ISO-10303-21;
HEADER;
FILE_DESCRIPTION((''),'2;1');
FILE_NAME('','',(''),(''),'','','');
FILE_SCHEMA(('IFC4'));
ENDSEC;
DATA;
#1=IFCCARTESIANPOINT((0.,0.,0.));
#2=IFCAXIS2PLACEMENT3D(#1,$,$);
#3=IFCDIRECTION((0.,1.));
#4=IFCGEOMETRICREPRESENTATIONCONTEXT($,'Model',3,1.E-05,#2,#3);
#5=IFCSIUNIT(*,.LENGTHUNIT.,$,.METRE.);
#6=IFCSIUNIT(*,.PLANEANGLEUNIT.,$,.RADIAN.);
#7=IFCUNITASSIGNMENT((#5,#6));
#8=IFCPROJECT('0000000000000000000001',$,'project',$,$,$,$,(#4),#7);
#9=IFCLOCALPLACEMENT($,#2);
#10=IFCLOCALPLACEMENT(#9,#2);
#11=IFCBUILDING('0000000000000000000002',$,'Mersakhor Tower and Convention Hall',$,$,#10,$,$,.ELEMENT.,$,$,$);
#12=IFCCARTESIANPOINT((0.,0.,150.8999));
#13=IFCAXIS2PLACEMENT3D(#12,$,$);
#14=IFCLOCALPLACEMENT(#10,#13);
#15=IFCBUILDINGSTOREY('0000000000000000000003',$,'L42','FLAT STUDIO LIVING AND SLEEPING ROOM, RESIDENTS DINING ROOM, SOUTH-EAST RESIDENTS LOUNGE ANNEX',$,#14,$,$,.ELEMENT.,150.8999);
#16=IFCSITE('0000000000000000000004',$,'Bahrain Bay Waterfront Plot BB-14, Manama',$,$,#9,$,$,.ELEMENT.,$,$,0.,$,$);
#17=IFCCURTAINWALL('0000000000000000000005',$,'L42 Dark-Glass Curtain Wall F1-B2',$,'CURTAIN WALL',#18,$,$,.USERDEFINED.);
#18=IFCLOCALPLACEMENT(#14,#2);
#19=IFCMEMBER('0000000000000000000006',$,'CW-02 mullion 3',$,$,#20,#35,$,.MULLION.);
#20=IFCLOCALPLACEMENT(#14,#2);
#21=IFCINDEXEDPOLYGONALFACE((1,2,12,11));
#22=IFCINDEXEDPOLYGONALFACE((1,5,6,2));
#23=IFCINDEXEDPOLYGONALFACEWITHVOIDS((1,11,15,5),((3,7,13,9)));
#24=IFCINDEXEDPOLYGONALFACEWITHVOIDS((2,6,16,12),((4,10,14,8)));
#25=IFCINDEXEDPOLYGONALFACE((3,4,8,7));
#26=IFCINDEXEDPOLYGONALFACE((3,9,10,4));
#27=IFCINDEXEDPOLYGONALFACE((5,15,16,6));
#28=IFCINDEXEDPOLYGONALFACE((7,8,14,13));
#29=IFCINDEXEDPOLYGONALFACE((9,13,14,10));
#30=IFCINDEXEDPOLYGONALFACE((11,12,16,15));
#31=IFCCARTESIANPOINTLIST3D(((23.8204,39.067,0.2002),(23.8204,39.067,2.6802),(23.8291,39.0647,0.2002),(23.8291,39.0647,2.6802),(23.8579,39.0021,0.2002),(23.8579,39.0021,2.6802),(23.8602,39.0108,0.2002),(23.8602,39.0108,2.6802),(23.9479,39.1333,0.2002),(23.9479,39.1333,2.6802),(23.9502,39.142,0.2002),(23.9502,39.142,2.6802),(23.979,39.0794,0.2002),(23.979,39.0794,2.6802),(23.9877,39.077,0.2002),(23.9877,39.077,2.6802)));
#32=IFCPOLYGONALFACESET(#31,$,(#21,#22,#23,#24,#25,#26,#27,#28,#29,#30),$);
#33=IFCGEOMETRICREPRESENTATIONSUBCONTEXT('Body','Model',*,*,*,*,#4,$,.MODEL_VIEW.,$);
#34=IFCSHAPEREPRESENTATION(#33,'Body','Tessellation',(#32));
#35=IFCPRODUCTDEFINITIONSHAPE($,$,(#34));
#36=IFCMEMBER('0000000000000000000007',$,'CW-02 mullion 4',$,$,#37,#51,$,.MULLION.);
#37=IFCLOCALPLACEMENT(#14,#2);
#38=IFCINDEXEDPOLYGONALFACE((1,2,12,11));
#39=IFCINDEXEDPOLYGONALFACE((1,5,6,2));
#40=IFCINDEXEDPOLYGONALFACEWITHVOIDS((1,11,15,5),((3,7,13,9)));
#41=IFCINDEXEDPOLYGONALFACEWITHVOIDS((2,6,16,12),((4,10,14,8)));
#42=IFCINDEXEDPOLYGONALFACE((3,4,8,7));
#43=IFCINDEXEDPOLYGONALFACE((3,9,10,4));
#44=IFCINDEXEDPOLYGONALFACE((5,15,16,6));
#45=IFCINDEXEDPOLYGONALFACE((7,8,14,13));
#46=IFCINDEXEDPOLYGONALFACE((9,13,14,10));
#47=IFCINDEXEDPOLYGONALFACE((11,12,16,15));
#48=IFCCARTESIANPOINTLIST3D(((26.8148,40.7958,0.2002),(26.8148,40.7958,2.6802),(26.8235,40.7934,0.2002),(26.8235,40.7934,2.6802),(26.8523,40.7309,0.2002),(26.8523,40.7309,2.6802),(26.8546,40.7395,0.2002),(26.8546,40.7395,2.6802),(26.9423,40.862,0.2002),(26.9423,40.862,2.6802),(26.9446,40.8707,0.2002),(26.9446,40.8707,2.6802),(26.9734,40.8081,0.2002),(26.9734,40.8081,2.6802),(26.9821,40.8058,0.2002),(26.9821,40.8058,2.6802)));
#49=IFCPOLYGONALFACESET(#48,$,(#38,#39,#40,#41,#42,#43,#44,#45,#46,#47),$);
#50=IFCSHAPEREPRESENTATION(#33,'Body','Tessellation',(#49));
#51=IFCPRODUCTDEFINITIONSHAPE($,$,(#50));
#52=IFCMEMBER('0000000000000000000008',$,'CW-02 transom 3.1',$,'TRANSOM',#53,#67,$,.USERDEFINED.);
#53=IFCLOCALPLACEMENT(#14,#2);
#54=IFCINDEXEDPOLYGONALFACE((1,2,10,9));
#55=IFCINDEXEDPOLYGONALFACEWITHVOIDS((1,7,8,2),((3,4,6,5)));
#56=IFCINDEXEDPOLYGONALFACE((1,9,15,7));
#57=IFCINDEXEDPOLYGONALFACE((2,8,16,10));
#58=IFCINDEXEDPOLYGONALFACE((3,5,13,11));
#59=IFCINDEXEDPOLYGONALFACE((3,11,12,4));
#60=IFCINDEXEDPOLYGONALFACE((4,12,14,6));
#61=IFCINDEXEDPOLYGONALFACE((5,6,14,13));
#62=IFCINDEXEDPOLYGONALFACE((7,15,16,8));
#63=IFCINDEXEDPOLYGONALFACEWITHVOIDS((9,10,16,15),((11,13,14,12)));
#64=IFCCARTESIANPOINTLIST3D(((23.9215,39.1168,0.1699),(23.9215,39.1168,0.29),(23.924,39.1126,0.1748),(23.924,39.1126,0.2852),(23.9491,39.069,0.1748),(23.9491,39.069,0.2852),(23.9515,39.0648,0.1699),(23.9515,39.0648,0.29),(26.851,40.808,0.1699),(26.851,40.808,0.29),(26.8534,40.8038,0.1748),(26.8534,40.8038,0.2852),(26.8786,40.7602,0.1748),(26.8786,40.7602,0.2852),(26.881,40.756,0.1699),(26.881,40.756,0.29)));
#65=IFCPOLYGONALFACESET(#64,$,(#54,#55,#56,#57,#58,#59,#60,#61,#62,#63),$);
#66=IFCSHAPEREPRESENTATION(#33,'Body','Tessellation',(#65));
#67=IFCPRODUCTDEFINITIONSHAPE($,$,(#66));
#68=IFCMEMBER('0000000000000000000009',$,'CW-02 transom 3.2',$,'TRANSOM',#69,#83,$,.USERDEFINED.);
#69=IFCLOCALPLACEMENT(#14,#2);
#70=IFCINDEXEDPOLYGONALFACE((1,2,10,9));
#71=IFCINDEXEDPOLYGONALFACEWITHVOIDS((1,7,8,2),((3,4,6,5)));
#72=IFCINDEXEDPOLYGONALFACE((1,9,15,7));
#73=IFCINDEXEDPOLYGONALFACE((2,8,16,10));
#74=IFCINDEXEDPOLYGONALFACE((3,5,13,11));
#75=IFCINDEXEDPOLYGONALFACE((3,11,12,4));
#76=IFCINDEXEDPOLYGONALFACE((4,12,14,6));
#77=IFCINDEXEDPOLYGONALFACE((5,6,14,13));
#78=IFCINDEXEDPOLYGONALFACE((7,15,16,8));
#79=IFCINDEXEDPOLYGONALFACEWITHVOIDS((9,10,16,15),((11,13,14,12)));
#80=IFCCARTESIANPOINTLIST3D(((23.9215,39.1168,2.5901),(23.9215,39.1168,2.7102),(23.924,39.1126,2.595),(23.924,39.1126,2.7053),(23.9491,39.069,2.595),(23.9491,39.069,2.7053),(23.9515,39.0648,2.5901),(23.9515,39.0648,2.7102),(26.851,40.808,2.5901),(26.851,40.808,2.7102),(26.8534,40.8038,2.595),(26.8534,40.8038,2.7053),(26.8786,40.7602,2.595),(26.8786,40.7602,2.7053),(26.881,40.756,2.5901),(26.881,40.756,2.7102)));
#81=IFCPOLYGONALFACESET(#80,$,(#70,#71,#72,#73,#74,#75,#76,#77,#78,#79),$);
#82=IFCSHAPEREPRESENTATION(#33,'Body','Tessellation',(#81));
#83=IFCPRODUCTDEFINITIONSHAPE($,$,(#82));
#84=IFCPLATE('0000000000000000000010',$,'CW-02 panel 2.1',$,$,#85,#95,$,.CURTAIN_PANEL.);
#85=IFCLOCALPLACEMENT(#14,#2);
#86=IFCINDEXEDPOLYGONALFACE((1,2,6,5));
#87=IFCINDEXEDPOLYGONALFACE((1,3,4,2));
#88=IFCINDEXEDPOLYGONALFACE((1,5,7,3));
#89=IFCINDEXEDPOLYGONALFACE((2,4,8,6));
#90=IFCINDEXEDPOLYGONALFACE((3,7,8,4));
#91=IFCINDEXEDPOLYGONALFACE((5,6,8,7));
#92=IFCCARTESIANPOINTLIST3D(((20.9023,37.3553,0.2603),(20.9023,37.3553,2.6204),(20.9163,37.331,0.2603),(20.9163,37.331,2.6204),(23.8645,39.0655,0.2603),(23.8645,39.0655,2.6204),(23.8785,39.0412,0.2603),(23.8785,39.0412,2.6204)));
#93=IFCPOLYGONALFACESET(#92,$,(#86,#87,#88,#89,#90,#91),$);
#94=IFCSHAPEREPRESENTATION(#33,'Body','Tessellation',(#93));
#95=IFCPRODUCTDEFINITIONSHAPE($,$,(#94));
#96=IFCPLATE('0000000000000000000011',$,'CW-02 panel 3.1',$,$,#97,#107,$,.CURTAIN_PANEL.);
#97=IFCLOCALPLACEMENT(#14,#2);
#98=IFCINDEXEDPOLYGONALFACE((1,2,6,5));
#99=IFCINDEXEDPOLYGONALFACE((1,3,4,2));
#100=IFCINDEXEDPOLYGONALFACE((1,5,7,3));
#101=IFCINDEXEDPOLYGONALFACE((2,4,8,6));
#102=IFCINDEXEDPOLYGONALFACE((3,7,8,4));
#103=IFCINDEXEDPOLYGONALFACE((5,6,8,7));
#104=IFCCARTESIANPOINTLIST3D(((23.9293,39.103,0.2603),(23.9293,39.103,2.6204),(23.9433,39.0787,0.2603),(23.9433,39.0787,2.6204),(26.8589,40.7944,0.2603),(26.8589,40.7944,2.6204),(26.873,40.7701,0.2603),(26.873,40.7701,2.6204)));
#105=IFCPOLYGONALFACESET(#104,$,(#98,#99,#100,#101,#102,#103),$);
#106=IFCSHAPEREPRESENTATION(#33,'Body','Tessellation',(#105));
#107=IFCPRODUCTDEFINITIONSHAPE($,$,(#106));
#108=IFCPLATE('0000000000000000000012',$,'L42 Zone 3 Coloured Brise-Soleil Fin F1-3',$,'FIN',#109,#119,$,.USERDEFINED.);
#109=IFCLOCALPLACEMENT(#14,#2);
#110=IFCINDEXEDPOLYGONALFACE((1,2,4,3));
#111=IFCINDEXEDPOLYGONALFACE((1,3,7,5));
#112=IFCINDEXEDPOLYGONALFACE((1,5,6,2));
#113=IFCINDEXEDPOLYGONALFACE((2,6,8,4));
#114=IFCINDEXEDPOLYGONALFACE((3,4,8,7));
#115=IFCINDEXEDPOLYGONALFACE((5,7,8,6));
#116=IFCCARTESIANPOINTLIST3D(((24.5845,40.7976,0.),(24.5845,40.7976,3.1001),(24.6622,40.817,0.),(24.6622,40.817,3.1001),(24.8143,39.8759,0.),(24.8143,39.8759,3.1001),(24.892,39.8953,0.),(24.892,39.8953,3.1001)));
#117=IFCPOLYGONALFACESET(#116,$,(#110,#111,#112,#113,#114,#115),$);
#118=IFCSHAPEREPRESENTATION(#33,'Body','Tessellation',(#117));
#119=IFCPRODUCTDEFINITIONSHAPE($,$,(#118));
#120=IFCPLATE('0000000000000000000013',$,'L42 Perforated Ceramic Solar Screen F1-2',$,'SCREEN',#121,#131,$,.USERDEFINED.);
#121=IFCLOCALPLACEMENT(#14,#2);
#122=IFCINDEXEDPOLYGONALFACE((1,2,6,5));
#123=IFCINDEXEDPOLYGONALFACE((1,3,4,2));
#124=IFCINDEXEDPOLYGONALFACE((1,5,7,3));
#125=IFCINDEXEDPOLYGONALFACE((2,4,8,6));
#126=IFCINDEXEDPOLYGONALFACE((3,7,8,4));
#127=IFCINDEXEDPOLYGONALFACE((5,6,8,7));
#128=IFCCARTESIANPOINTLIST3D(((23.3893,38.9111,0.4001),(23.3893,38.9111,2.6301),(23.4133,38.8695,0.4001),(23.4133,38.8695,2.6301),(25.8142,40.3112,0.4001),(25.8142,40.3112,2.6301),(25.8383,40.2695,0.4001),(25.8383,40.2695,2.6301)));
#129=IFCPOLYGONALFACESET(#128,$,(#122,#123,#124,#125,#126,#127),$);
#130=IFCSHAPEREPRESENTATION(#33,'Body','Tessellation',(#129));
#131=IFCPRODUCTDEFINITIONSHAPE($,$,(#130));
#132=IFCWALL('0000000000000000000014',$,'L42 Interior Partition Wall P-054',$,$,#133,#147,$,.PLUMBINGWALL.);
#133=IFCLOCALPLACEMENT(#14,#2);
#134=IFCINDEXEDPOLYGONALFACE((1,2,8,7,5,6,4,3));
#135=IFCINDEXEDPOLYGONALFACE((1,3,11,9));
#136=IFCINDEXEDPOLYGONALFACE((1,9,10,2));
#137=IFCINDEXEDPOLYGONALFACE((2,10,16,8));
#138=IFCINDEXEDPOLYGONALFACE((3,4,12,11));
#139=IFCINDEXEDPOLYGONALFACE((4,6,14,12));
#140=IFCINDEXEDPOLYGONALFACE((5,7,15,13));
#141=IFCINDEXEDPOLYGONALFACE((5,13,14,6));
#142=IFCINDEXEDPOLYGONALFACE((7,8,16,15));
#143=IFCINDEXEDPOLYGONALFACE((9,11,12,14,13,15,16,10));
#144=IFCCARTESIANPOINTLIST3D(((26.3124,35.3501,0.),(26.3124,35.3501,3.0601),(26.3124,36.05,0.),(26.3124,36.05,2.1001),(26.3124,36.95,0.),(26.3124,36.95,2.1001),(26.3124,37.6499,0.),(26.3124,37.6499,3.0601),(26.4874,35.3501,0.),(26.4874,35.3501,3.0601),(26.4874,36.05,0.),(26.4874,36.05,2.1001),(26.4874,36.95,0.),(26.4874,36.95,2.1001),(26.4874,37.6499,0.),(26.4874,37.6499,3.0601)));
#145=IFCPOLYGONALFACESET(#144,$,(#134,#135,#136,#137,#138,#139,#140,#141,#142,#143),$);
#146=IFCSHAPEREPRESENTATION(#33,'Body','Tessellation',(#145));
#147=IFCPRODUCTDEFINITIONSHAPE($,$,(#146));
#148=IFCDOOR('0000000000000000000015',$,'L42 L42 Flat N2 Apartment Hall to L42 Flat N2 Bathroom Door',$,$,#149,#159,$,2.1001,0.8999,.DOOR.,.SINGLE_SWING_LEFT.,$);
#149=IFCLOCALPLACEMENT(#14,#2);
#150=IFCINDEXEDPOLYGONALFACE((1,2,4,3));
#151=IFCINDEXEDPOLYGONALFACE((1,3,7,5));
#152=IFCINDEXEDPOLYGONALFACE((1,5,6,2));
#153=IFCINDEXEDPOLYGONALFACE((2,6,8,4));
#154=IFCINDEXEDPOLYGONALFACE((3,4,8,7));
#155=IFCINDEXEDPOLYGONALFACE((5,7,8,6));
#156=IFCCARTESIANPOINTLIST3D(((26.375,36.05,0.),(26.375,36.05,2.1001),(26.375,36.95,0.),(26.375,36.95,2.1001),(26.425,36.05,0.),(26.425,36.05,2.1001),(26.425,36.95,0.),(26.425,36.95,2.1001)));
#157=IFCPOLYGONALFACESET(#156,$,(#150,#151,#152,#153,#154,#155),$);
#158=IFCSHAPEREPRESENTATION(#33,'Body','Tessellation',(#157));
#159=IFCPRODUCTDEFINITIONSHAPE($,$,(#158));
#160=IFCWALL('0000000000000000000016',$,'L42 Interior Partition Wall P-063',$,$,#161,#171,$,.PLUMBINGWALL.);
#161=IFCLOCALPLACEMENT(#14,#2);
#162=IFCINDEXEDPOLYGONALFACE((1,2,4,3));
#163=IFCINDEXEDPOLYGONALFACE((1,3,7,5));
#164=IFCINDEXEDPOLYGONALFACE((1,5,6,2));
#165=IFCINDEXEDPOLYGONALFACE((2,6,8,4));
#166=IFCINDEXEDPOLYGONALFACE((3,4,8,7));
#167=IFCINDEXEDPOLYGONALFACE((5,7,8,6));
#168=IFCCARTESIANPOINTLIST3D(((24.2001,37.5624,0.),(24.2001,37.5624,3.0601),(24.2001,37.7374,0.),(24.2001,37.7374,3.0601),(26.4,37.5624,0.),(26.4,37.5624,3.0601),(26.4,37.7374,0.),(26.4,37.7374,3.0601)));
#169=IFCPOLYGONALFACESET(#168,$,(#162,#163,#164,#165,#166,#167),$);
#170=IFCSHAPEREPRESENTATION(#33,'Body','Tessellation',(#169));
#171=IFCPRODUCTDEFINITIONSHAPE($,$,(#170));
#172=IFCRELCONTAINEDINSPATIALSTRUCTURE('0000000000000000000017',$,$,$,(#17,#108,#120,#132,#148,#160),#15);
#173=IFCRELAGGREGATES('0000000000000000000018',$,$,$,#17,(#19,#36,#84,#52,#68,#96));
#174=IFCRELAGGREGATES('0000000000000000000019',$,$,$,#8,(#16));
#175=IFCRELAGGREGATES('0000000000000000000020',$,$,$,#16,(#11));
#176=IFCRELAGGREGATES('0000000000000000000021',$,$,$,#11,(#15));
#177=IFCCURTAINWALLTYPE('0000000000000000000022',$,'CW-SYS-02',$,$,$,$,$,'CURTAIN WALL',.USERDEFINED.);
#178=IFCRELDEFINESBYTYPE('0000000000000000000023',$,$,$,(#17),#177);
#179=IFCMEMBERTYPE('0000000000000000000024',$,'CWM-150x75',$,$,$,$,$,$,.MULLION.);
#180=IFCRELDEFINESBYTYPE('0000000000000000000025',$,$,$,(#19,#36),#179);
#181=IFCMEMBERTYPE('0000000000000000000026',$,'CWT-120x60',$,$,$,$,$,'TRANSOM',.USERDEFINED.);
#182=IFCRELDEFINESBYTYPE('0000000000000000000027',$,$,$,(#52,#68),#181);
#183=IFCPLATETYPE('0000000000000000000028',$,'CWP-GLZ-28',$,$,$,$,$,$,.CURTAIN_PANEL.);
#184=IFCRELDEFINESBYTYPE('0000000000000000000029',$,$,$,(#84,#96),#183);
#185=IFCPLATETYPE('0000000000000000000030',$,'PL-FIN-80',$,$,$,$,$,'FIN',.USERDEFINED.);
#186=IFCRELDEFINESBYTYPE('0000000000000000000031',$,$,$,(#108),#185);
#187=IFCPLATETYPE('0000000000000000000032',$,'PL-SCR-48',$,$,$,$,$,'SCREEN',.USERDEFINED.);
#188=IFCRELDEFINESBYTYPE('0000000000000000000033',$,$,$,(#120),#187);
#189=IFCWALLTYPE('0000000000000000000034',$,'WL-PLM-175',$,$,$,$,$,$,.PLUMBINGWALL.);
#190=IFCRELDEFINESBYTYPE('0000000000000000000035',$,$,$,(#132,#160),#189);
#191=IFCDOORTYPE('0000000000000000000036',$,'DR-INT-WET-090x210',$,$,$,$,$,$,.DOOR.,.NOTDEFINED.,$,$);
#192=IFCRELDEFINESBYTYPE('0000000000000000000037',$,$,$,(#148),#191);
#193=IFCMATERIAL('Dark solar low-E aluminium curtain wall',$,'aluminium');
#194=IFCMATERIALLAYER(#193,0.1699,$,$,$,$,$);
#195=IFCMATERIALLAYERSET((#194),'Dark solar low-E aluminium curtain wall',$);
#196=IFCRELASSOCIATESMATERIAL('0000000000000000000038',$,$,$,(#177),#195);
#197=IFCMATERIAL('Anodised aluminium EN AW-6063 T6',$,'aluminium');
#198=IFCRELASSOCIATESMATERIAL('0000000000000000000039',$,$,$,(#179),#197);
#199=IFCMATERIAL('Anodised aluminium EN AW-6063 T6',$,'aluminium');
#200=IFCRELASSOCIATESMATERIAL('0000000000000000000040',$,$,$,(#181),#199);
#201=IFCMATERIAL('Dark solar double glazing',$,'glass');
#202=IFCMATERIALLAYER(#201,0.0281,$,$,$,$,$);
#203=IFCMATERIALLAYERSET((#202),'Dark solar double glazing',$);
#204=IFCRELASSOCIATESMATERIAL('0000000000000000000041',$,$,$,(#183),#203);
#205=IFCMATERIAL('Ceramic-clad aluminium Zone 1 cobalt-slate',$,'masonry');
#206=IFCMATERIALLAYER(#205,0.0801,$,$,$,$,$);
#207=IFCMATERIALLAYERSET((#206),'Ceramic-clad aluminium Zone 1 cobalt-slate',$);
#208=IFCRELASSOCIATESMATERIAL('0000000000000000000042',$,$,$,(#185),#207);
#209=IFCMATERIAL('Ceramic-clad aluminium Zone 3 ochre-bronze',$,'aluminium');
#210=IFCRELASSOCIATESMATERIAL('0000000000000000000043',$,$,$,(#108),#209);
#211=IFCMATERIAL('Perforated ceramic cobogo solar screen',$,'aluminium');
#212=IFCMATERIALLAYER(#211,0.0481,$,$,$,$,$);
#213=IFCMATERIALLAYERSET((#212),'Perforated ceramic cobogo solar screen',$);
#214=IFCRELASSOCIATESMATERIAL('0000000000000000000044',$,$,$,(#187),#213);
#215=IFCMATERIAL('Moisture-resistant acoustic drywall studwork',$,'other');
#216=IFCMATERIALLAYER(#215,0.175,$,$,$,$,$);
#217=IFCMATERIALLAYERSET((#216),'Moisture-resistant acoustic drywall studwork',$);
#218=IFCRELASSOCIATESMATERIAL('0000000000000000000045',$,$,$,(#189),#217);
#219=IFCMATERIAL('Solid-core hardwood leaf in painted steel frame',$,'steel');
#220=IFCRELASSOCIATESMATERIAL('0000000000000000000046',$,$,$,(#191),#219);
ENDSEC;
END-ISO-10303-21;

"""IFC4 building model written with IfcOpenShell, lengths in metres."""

from ifc_helpers import new_model, si_unit, direction, frame, frame_2d, origin, origin_2d, place, context, subcontext, project, spatial, rectangle, hollow_rectangle, extrude, material, layer, layer_set, material_profile, profile_set, type_object, element, fill, aggregate, save


model = new_model("IFC4")

# Units and contexts
model_context = context("Model", 3, precision=1e-05, world=origin(), true_north=direction((0.0, 1.0)))
body_context = subcontext(model_context, "Body", "Model", "MODEL_VIEW")
ifc_project = project(units=[si_unit("LENGTHUNIT", "METRE"), si_unit("PLANEANGLEUNIT", "RADIAN")], contexts=[model_context])

# Site, building, storey
site_placement = place(None, origin())
site = spatial("IfcSite", under=ifc_project, at=site_placement, Name="Bahrain Bay Waterfront Plot BB-14, Manama", CompositionType="ELEMENT", RefElevation=0.0)
building_placement = place(site_placement, origin())
building = spatial("IfcBuilding", under=site, at=building_placement, Name="Mersakhor Tower and Convention Hall", CompositionType="ELEMENT")
storey_placement = place(building_placement, frame((0.0, 0.0, 150.8999)))
storey = spatial("IfcBuildingStorey", under=building, at=storey_placement, Name="L42", Description="FLAT STUDIO LIVING AND SLEEPING ROOM, RESIDENTS DINING ROOM, SOUTH-EAST RESIDENTS LOUNGE ANNEX", CompositionType="ELEMENT", Elevation=150.8999)

# Curtain wall, members, plates
ifc_material_1 = material(Name="Dark solar low-E aluminium curtain wall", Category="aluminium")
ifc_layer_1 = layer(ifc_material_1, 0.1699)
ifc_layer_set_1 = layer_set([ifc_layer_1], Name="Dark solar low-E aluminium curtain wall")
curtain_wall_type = type_object("IfcCurtainWallType", Name="CW-SYS-02", ElementType="CURTAIN WALL", PredefinedType="USERDEFINED", material=ifc_layer_set_1)
curtain_wall_placement = place(storey_placement, origin())
curtain_wall = element("IfcCurtainWall", 1, at=curtain_wall_placement, inside=storey, type_object=curtain_wall_type, Name="L42 Dark-Glass Curtain Wall F1-B2", ObjectType="CURTAIN WALL", PredefinedType="USERDEFINED")
ifc_material_2 = material(Name="Anodised aluminium EN AW-6063 T6", Category="aluminium")
ifc_material_profile_1 = material_profile(ifc_material_2, hollow_rectangle(XDim=0.075, YDim=0.1499, WallThickness=0.0063, at=origin_2d()), Name="RHS 150x75x6.3")
ifc_profile_set_1 = profile_set([ifc_material_profile_1], Name="Anodised aluminium EN AW-6063 T6")
member_type_1 = type_object("IfcMemberType", Name="CWM-150x75", PredefinedType="MULLION", material=ifc_profile_set_1)
member_1_placement = place(storey_placement, frame((23.9041, 39.072, 0.2002), z_axis=(0.0, 0.0, 1.0), x_axis=(-0.49999, 0.866031, 0.0)))
member_1 = element("IfcMember", 2, at=member_1_placement, type_object=member_type_1, Name="CW-02 mullion 3", PredefinedType="MULLION", context=body_context, shape_type="SweptSolid", body=[
    extrude(hollow_rectangle(XDim=0.075, YDim=0.1499, WallThickness=0.0063, at=origin_2d()), origin(), (0.0, 0.0, 1.0), 2.48),
])
member_2_placement = place(storey_placement, frame((26.8984, 40.8008, 0.2002), z_axis=(0.0, 0.0, 1.0), x_axis=(-0.49999, 0.866031, 0.0)))
member_2 = element("IfcMember", 3, at=member_2_placement, type_object=member_type_1, Name="CW-02 mullion 4", PredefinedType="MULLION", context=body_context, shape_type="SweptSolid", body=[
    extrude(hollow_rectangle(XDim=0.075, YDim=0.1499, WallThickness=0.0063, at=origin_2d()), origin(), (0.0, 0.0, 1.0), 2.48),
])
ifc_material_3 = material(Name="Anodised aluminium EN AW-6063 T6", Category="aluminium")
ifc_material_profile_2 = material_profile(ifc_material_3, hollow_rectangle(XDim=0.0601, YDim=0.1201, WallThickness=0.0049, at=origin_2d()), Name="RHS 120x60x5")
ifc_profile_set_2 = profile_set([ifc_material_profile_2], Name="Anodised aluminium EN AW-6063 T6")
member_type_2 = type_object("IfcMemberType", Name="CWT-120x60", ElementType="TRANSOM", PredefinedType="USERDEFINED", material=ifc_profile_set_2)
member_3_placement = place(storey_placement, frame((23.9365, 39.0908, 0.23), z_axis=(0.866045, 0.499966, 0.0), x_axis=(-0.499966, 0.866045, 0.0)))
member_3 = element("IfcMember", 4, at=member_3_placement, type_object=member_type_2, Name="CW-02 transom 3.1", ObjectType="TRANSOM", PredefinedType="USERDEFINED", context=body_context, shape_type="SweptSolid", body=[
    extrude(hollow_rectangle(XDim=0.0601, YDim=0.1201, WallThickness=0.0049, at=origin_2d()), origin(), (0.0, 0.0, 1.0), 3.3826),
])
member_4_placement = place(storey_placement, frame((23.9365, 39.0908, 2.6501), z_axis=(0.866045, 0.499966, 0.0), x_axis=(-0.499966, 0.866045, 0.0)))
member_4 = element("IfcMember", 5, at=member_4_placement, type_object=member_type_2, Name="CW-02 transom 3.2", ObjectType="TRANSOM", PredefinedType="USERDEFINED", context=body_context, shape_type="SweptSolid", body=[
    extrude(hollow_rectangle(XDim=0.0601, YDim=0.1201, WallThickness=0.0049, at=origin_2d()), origin(), (0.0, 0.0, 1.0), 3.3826),
])
ifc_material_4 = material(Name="Dark solar double glazing", Category="glass")
ifc_layer_2 = layer(ifc_material_4, 0.0281)
ifc_layer_set_2 = layer_set([ifc_layer_2], Name="Dark solar double glazing")
plate_type_1 = type_object("IfcPlateType", Name="CWP-GLZ-28", PredefinedType="CURTAIN_PANEL", material=ifc_layer_set_2)
plate_1_placement = place(storey_placement, frame((22.3904, 38.1982, 0.2603), z_axis=(0.0, 0.0, 1.0), x_axis=(0.866031, 0.49999, 0.0)))
plate_1 = element("IfcPlate", 6, at=plate_1_placement, type_object=plate_type_1, Name="CW-02 panel 2.1", PredefinedType="CURTAIN_PANEL", context=body_context, shape_type="SweptSolid", body=[
    extrude(rectangle(XDim=3.4204, YDim=0.0281, at=origin_2d()), origin(), (0.0, 0.0, 1.0), 2.3601),
])
plate_2_placement = place(storey_placement, frame((25.4011, 39.9365, 0.2603), z_axis=(0.0, 0.0, 1.0), x_axis=(0.866031, 0.49999, 0.0)))
plate_2 = element("IfcPlate", 7, at=plate_2_placement, type_object=plate_type_1, Name="CW-02 panel 3.1", PredefinedType="CURTAIN_PANEL", context=body_context, shape_type="SweptSolid", body=[
    extrude(rectangle(XDim=3.3828, YDim=0.0281, at=origin_2d()), origin(), (0.0, 0.0, 1.0), 2.3601),
])
aggregate(curtain_wall, [member_1, member_2, plate_1, member_3, member_4, plate_2])

# Plates
ifc_material_5 = material(Name="Ceramic-clad aluminium Zone 3 ochre-bronze", Category="aluminium")
ifc_material_6 = material(Name="Ceramic-clad aluminium Zone 1 cobalt-slate", Category="masonry")
ifc_layer_3 = layer(ifc_material_6, 0.0801)
ifc_layer_set_3 = layer_set([ifc_layer_3], Name="Ceramic-clad aluminium Zone 1 cobalt-slate")
plate_type_2 = type_object("IfcPlateType", Name="PL-FIN-80", ElementType="FIN", PredefinedType="USERDEFINED", material=ifc_layer_set_3)
plate_3_placement = place(storey_placement, frame((24.7383, 40.3464, 0.0), z_axis=(0.0, 0.0, 1.0), x_axis=(-0.241922, 0.970296, 0.0)))
element("IfcPlate", 8, at=plate_3_placement, inside=storey, type_object=plate_type_2, material=ifc_material_5, Name="L42 Zone 3 Coloured Brise-Soleil Fin F1-3", ObjectType="FIN", PredefinedType="USERDEFINED", context=body_context, shape_type="SweptSolid", body=[
    extrude(rectangle(XDim=0.95, YDim=0.0801, at=origin_2d()), origin(), (0.0, 0.0, 1.0), 3.1001),
])
ifc_material_7 = material(Name="Perforated ceramic cobogo solar screen", Category="aluminium")
ifc_layer_4 = layer(ifc_material_7, 0.0481)
ifc_layer_set_4 = layer_set([ifc_layer_4], Name="Perforated ceramic cobogo solar screen")
plate_type_3 = type_object("IfcPlateType", Name="PL-SCR-48", ElementType="SCREEN", PredefinedType="USERDEFINED", material=ifc_layer_set_4)
plate_4_placement = place(storey_placement, frame((24.6138, 39.5903, 0.4001), z_axis=(0.0, 0.0, 1.0), x_axis=(0.866025, 0.5, 0.0)))
element("IfcPlate", 9, at=plate_4_placement, inside=storey, type_object=plate_type_3, Name="L42 Perforated Ceramic Solar Screen F1-2", ObjectType="SCREEN", PredefinedType="USERDEFINED", context=body_context, shape_type="SweptSolid", body=[
    extrude(rectangle(XDim=2.8, YDim=0.0481, at=origin_2d()), origin(), (0.0, 0.0, 1.0), 2.23),
])

# Wall, opening, door
ifc_material_8 = material(Name="Moisture-resistant acoustic drywall studwork", Category="other")
ifc_layer_5 = layer(ifc_material_8, 0.175)
ifc_layer_set_5 = layer_set([ifc_layer_5], Name="Moisture-resistant acoustic drywall studwork")
wall_type_1 = type_object("IfcWallType", Name="WL-PLM-175", PredefinedType="PLUMBINGWALL", material=ifc_layer_set_5)
wall_1_placement = place(storey_placement, frame((26.3999, 35.3501, 0.0), z_axis=(0.0, 0.0, 1.0), x_axis=(0.0, 1.0, 0.0)))
wall_1 = element("IfcWall", 10, at=wall_1_placement, inside=storey, type_object=wall_type_1, Name="L42 Interior Partition Wall P-054", PredefinedType="PLUMBINGWALL", context=body_context, shape_type="SweptSolid", body=[
    extrude(rectangle(XDim=2.2998, YDim=0.175, at=frame_2d((1.1499, 0.0))), origin(), (0.0, 0.0, 1.0), 3.0601),
])
opening_1_placement = place(wall_1_placement, frame((0.7, 0.0, 0.0)))
opening_1 = element("IfcOpeningElement", 11, at=opening_1_placement, cuts=wall_1, PredefinedType="OPENING", context=body_context, shape_type="SweptSolid", body=[
    extrude(rectangle(XDim=0.8999, YDim=2.1001, at=frame_2d((0.45, 1.05))), frame((0.0, 0.0974, 0.0), z_axis=(0.0, -1.0, 0.0), x_axis=(1.0, 0.0, 0.0)), (0.0, 0.0, 1.0), 0.1951),
])
ifc_material_9 = material(Name="Solid-core hardwood leaf in painted steel frame", Category="steel")
door_type_1 = type_object("IfcDoorType", Name="DR-INT-WET-090x210", OperationType="NOTDEFINED", PredefinedType="DOOR", material=ifc_material_9)
door_1_placement = place(opening_1_placement, origin())
door_1 = element("IfcDoor", 12, at=door_1_placement, inside=storey, type_object=door_type_1, Name="L42 L42 Flat N2 Apartment Hall to L42 Flat N2 Bathroom Door", OperationType="SINGLE_SWING_LEFT", OverallHeight=2.1001, OverallWidth=0.8999, PredefinedType="DOOR", context=body_context, shape_type="SweptSolid", body=[
    extrude(rectangle(XDim=0.8999, YDim=2.1001, at=frame_2d((0.45, 1.05))), frame((0.0, 0.0249, 0.0), z_axis=(0.0, -1.0, 0.0), x_axis=(1.0, 0.0, 0.0)), (0.0, 0.0, 1.0), 0.05),
])
fill(opening_1, door_1)

# Wall
wall_2_placement = place(storey_placement, frame((24.2, 37.6499, 0.0), z_axis=(0.0, 0.0, 1.0), x_axis=(1.0, 0.0, 0.0)))
element("IfcWall", 13, at=wall_2_placement, inside=storey, type_object=wall_type_1, Name="L42 Interior Partition Wall P-063", PredefinedType="PLUMBINGWALL", context=body_context, shape_type="SweptSolid", body=[
    extrude(rectangle(XDim=2.2, YDim=0.175, at=frame_2d((1.1001, 0.0))), origin(), (0.0, 0.0, 1.0), 3.0601),
])

save(model, "model.ifc")
